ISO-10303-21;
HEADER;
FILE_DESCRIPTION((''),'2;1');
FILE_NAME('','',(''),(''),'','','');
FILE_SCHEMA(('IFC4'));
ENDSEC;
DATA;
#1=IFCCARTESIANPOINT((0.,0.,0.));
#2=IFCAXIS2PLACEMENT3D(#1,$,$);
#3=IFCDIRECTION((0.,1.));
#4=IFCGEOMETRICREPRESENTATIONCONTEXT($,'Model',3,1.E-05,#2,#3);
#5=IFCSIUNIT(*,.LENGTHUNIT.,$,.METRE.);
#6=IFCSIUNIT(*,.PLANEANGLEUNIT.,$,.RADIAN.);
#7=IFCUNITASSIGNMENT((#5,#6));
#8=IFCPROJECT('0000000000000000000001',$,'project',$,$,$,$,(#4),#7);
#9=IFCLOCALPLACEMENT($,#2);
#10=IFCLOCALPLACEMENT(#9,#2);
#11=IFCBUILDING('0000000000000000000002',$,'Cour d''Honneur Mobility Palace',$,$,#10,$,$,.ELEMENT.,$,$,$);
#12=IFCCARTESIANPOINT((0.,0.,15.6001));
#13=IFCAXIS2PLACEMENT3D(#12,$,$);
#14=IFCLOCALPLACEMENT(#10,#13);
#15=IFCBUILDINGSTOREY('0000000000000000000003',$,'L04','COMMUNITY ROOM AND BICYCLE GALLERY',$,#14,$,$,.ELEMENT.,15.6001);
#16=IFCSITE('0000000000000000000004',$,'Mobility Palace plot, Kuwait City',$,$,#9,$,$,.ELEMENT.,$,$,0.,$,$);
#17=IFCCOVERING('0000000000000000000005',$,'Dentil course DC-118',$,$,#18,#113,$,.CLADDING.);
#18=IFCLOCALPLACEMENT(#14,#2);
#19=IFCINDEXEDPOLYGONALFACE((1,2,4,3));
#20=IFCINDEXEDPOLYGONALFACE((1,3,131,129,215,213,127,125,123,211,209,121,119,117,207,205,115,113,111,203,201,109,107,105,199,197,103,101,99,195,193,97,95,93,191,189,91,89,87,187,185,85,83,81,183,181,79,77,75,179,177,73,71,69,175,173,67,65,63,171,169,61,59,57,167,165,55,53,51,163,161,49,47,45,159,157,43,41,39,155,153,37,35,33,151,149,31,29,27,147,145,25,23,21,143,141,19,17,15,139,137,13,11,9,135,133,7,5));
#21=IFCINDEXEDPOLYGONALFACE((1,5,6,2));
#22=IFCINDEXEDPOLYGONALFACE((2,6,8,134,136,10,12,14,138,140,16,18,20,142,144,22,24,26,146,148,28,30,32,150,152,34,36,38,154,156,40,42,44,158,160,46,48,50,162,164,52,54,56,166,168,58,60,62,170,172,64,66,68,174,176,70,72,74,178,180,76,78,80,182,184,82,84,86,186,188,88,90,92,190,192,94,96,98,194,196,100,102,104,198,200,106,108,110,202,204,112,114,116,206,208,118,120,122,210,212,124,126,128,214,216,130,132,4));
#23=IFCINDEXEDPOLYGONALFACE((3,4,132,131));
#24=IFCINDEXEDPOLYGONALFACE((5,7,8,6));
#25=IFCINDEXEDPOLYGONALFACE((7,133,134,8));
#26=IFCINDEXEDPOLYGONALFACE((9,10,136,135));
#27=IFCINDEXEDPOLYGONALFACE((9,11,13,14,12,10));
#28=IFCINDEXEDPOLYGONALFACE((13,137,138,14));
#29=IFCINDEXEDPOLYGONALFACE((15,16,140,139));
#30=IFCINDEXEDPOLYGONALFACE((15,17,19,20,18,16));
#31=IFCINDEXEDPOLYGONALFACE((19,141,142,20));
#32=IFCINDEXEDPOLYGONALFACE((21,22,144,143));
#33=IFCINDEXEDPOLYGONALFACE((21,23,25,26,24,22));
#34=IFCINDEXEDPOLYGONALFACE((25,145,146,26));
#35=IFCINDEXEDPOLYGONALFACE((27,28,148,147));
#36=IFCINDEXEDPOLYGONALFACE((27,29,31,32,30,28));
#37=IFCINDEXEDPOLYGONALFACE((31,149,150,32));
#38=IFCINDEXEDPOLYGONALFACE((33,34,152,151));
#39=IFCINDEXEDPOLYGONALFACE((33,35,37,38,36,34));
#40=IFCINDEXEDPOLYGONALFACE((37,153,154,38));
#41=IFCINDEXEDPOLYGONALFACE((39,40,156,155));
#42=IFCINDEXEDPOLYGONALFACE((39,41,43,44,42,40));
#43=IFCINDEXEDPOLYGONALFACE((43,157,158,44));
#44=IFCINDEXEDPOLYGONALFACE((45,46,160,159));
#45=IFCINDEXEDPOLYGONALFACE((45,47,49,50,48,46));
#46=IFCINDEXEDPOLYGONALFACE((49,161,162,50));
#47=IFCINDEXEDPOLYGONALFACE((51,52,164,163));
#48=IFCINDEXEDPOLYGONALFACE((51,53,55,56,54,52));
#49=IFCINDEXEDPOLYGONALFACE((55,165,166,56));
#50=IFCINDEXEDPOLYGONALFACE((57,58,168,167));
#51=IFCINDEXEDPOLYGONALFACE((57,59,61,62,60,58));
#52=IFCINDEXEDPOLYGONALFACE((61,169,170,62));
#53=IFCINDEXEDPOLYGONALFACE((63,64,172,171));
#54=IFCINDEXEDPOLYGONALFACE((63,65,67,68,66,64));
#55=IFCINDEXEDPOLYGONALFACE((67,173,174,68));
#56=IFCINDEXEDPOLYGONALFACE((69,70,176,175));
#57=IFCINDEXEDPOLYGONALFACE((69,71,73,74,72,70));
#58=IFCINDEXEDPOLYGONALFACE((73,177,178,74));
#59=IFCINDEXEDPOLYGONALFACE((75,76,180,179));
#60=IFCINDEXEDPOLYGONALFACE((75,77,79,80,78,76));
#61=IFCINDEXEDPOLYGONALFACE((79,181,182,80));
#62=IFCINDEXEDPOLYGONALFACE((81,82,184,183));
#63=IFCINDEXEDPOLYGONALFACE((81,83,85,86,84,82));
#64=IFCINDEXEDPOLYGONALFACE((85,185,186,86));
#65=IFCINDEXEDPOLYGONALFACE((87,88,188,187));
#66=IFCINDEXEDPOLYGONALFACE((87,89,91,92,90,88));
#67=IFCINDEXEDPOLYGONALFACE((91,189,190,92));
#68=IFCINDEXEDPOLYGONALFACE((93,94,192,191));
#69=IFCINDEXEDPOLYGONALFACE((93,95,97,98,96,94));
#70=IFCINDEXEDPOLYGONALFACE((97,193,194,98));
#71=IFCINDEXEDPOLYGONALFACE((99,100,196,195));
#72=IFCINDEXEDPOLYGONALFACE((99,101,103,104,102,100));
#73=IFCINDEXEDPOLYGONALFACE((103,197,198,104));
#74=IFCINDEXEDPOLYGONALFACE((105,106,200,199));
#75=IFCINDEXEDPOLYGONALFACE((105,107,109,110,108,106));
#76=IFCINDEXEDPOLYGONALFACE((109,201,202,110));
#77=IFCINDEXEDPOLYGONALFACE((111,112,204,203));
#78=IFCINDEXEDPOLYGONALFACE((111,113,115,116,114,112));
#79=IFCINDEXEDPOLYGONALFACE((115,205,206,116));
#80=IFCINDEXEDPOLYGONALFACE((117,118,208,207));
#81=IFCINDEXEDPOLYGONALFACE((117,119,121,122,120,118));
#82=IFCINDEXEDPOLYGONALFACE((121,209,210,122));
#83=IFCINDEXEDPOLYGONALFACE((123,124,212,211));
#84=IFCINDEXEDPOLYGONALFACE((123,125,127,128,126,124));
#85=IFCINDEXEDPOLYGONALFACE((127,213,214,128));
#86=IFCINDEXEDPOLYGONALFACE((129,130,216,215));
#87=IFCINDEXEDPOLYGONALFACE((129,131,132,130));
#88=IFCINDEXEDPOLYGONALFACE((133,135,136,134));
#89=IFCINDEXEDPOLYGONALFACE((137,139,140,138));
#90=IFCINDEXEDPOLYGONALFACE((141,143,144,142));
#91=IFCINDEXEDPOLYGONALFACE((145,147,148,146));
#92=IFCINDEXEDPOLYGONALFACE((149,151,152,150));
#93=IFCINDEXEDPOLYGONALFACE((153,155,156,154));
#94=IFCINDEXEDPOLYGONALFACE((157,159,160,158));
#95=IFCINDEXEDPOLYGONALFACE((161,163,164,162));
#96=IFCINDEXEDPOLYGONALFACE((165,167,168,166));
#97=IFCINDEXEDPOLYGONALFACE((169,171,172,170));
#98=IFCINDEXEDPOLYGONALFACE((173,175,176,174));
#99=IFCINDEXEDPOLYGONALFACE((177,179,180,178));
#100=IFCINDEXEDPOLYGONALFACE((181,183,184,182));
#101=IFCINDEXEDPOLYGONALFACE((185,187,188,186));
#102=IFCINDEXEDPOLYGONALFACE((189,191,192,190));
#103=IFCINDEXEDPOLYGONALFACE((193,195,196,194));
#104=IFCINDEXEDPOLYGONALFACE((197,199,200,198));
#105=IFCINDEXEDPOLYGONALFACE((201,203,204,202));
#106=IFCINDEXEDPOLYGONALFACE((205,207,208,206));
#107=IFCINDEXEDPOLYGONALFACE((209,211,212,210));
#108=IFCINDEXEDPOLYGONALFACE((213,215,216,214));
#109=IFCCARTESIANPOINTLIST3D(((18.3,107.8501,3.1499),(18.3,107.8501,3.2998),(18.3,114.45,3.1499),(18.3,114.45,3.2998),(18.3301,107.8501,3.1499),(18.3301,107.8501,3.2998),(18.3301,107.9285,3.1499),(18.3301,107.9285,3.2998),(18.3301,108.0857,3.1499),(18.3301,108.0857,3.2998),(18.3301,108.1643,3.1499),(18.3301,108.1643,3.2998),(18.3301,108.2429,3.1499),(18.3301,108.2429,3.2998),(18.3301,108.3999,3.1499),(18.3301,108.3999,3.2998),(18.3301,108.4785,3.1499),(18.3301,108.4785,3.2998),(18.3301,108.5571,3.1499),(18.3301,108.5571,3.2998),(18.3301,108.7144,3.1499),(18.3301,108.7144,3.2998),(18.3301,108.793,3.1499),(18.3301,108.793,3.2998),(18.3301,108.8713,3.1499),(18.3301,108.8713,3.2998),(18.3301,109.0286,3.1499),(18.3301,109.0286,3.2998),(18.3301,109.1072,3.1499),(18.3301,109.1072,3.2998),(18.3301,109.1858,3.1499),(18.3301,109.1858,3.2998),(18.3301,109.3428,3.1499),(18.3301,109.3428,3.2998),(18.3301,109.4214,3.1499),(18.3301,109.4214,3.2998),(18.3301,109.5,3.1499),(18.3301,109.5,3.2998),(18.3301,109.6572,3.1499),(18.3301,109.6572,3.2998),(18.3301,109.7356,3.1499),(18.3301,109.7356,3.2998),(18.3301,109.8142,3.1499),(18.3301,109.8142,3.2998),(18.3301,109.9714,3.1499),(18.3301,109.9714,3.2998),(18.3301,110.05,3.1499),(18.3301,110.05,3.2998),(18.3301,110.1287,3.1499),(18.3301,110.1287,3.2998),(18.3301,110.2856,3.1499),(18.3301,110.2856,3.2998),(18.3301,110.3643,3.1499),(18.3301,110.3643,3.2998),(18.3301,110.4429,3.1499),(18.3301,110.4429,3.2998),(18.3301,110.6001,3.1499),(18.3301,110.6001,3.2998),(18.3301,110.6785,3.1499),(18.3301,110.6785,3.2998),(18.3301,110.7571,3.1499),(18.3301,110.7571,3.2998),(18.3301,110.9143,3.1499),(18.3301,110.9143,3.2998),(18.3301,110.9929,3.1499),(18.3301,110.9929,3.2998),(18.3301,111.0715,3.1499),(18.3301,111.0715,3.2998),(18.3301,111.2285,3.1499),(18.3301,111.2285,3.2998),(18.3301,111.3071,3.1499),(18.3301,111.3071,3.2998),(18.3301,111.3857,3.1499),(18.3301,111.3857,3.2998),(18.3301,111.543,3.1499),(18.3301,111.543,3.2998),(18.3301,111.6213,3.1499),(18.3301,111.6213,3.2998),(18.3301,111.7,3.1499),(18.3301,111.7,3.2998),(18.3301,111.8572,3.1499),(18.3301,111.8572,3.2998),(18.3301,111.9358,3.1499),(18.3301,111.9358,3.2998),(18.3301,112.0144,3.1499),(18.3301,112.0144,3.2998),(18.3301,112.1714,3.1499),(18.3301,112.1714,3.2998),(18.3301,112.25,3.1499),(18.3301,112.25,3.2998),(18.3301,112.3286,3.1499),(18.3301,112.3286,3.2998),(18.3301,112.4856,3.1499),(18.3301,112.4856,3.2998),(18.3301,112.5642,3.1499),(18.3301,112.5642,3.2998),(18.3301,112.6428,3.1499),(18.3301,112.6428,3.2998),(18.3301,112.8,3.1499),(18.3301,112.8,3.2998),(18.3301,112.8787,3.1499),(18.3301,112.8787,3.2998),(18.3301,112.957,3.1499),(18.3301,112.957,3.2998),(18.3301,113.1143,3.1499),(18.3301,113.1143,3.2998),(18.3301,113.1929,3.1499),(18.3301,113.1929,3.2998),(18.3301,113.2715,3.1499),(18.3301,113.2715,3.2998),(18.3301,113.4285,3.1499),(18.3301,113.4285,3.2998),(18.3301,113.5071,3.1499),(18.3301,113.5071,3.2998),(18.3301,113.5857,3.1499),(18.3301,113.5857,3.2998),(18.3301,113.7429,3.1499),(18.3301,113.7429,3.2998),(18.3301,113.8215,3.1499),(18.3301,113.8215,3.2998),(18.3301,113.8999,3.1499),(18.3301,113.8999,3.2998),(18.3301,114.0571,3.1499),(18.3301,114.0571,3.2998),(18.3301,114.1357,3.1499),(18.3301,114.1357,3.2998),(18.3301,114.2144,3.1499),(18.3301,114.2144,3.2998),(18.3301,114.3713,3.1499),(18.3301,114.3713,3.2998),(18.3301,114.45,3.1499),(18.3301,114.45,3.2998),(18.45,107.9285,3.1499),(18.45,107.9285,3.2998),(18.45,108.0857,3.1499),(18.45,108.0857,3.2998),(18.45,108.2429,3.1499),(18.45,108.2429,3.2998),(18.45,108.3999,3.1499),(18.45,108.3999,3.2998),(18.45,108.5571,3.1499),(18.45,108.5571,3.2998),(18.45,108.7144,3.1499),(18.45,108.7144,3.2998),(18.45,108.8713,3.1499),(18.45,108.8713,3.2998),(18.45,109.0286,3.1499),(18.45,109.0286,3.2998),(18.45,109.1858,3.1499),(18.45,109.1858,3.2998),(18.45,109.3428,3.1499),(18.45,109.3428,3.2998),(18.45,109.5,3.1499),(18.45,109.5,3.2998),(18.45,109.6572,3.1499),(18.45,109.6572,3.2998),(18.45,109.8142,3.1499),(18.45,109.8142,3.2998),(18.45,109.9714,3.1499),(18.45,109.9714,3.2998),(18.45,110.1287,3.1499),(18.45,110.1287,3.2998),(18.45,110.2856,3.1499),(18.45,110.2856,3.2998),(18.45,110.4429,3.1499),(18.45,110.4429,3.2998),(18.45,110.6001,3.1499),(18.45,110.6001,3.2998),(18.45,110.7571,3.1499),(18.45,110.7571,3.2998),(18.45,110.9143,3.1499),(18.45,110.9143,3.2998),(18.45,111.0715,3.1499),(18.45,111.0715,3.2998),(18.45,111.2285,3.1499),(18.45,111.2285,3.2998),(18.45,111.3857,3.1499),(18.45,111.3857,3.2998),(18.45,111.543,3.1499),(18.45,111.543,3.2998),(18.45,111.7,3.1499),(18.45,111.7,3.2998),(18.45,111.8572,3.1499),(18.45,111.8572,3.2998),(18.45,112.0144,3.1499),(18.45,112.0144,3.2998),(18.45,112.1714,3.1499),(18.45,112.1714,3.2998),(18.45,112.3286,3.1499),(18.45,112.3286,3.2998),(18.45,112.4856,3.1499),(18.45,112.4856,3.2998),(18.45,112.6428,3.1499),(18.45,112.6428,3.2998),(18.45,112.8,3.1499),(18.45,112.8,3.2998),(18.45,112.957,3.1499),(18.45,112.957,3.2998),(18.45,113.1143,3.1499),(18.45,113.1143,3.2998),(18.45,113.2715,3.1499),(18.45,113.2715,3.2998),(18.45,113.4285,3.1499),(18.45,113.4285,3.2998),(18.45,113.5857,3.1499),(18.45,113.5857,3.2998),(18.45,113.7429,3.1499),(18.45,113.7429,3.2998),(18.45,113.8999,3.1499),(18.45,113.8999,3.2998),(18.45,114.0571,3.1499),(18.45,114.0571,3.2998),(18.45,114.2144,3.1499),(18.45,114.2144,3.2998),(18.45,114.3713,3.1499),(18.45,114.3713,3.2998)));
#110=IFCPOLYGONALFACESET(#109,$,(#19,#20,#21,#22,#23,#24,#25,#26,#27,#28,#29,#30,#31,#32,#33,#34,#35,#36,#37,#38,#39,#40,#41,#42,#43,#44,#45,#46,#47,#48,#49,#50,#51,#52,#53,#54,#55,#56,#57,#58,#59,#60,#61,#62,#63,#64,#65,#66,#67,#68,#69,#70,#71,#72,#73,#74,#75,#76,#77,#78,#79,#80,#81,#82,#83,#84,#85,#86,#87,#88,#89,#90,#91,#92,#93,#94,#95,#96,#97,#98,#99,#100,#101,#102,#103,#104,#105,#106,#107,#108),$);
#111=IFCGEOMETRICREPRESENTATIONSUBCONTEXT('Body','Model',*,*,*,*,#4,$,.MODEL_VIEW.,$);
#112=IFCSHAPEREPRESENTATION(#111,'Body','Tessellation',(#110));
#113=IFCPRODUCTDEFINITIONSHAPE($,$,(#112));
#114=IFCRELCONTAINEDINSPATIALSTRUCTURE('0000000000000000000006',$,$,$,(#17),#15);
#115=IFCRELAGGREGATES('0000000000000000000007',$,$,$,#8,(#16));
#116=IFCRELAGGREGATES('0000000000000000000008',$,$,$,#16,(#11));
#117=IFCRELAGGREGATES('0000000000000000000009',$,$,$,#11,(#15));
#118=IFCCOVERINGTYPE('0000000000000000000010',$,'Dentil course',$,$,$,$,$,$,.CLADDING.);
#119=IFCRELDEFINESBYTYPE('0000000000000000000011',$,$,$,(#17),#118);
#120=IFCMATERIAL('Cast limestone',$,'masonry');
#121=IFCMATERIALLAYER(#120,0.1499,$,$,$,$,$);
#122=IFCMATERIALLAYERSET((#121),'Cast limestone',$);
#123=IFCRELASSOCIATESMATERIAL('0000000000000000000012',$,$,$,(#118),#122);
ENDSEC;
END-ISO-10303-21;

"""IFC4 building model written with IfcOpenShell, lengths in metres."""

from ifc_helpers import new_model, si_unit, direction, frame, origin, place, context, subcontext, project, spatial, polyline, outline, extrude, material, layer, layer_set, type_object, element, save


model = new_model("IFC4")

# Units and contexts
model_context = context("Model", 3, precision=1e-05, world=origin(), true_north=direction((0.0, 1.0)))
body_context = subcontext(model_context, "Body", "Model", "MODEL_VIEW")
ifc_project = project(units=[si_unit("LENGTHUNIT", "METRE"), si_unit("PLANEANGLEUNIT", "RADIAN")], contexts=[model_context])

# Site, building, storey
site_placement = place(None, origin())
site = spatial("IfcSite", under=ifc_project, at=site_placement, Name="Mobility Palace plot, Kuwait City", CompositionType="ELEMENT", RefElevation=0.0)
building_placement = place(site_placement, origin())
building = spatial("IfcBuilding", under=site, at=building_placement, Name="Cour d'Honneur Mobility Palace", CompositionType="ELEMENT")
storey_placement = place(building_placement, frame((0.0, 0.0, 15.6001)))
storey = spatial("IfcBuildingStorey", under=building, at=storey_placement, Name="L04", Description="COMMUNITY ROOM AND BICYCLE GALLERY", CompositionType="ELEMENT", Elevation=15.6001)

# Covering
ifc_material = material(Name="Cast limestone", Category="masonry")
ifc_layer = layer(ifc_material, 0.1499)
ifc_layer_set = layer_set([ifc_layer], Name="Cast limestone")
covering_type = type_object("IfcCoveringType", Name="Dentil course", PredefinedType="CLADDING", material=ifc_layer_set)
covering_1_placement = place(storey_placement, frame((0.0, 0.0, 3.1499)))
element("IfcCovering", 1, at=covering_1_placement, inside=storey, type_object=covering_type, Name="Dentil course DC-118", PredefinedType="CLADDING", context=body_context, shape_type="SweptSolid", body=[
    extrude(outline(polyline([(18.3, 107.8501), (18.3, 114.45), (18.3301, 114.45), (18.3301, 114.45), (18.3301, 114.3713), (18.45, 114.3713), (18.45, 114.2144), (18.3301, 114.2144), (18.3301, 114.1357), (18.3301, 114.1357), (18.3301, 114.0571), (18.45, 114.0571), (18.45, 113.8999), (18.3301, 113.8999), (18.3301, 113.8215), (18.3301, 113.8215), (18.3301, 113.7429), (18.45, 113.7429), (18.45, 113.5857), (18.3301, 113.5857), (18.3301, 113.5071), (18.3301, 113.5071), (18.3301, 113.4285), (18.45, 113.4285), (18.45, 113.2715), (18.3301, 113.2715), (18.3301, 113.1929), (18.3301, 113.1929), (18.3301, 113.1143), (18.45, 113.1143), (18.45, 112.957), (18.3301, 112.957), (18.3301, 112.8787), (18.3301, 112.8787), (18.3301, 112.8), (18.45, 112.8), (18.45, 112.6428), (18.3301, 112.6428), (18.3301, 112.5642), (18.3301, 112.5642), (18.3301, 112.4856), (18.45, 112.4856), (18.45, 112.3286), (18.3301, 112.3286), (18.3301, 112.25), (18.3301, 112.25), (18.3301, 112.1714), (18.45, 112.1714), (18.45, 112.0144), (18.3301, 112.0144), (18.3301, 111.9358), (18.3301, 111.9358), (18.3301, 111.8572), (18.45, 111.8572), (18.45, 111.7), (18.3301, 111.7), (18.3301, 111.6213), (18.3301, 111.6213), (18.3301, 111.543), (18.45, 111.543), (18.45, 111.3857), (18.3301, 111.3857), (18.3301, 111.3071), (18.3301, 111.3071), (18.3301, 111.2285), (18.45, 111.2285), (18.45, 111.0715), (18.3301, 111.0715), (18.3301, 110.9929), (18.3301, 110.9929), (18.3301, 110.9143), (18.45, 110.9143), (18.45, 110.7571), (18.3301, 110.7571), (18.3301, 110.6785), (18.3301, 110.6785), (18.3301, 110.6001), (18.45, 110.6001), (18.45, 110.4429), (18.3301, 110.4429), (18.3301, 110.3643), (18.3301, 110.3643), (18.3301, 110.2856), (18.45, 110.2856), (18.45, 110.1287), (18.3301, 110.1287), (18.3301, 110.05), (18.3301, 110.05), (18.3301, 109.9714), (18.45, 109.9714), (18.45, 109.8142), (18.3301, 109.8142), (18.3301, 109.7356), (18.3301, 109.7356), (18.3301, 109.6572), (18.45, 109.6572), (18.45, 109.5), (18.3301, 109.5), (18.3301, 109.4214), (18.3301, 109.4214), (18.3301, 109.3428), (18.45, 109.3428), (18.45, 109.1858), (18.3301, 109.1858), (18.3301, 109.1072), (18.3301, 109.1072), (18.3301, 109.0286), (18.45, 109.0286), (18.45, 108.8713), (18.3301, 108.8713), (18.3301, 108.793), (18.3301, 108.793), (18.3301, 108.7144), (18.45, 108.7144), (18.45, 108.5571), (18.3301, 108.5571), (18.3301, 108.4785), (18.3301, 108.4785), (18.3301, 108.3999), (18.45, 108.3999), (18.45, 108.2429), (18.3301, 108.2429), (18.3301, 108.1643), (18.3301, 108.1643), (18.3301, 108.0857), (18.45, 108.0857), (18.45, 107.9285), (18.3301, 107.9285), (18.3301, 107.8501), (18.3, 107.8501)])), origin(), (0.0, 0.0, 1.0), 0.1499),
])

save(model, "model.ifc")
